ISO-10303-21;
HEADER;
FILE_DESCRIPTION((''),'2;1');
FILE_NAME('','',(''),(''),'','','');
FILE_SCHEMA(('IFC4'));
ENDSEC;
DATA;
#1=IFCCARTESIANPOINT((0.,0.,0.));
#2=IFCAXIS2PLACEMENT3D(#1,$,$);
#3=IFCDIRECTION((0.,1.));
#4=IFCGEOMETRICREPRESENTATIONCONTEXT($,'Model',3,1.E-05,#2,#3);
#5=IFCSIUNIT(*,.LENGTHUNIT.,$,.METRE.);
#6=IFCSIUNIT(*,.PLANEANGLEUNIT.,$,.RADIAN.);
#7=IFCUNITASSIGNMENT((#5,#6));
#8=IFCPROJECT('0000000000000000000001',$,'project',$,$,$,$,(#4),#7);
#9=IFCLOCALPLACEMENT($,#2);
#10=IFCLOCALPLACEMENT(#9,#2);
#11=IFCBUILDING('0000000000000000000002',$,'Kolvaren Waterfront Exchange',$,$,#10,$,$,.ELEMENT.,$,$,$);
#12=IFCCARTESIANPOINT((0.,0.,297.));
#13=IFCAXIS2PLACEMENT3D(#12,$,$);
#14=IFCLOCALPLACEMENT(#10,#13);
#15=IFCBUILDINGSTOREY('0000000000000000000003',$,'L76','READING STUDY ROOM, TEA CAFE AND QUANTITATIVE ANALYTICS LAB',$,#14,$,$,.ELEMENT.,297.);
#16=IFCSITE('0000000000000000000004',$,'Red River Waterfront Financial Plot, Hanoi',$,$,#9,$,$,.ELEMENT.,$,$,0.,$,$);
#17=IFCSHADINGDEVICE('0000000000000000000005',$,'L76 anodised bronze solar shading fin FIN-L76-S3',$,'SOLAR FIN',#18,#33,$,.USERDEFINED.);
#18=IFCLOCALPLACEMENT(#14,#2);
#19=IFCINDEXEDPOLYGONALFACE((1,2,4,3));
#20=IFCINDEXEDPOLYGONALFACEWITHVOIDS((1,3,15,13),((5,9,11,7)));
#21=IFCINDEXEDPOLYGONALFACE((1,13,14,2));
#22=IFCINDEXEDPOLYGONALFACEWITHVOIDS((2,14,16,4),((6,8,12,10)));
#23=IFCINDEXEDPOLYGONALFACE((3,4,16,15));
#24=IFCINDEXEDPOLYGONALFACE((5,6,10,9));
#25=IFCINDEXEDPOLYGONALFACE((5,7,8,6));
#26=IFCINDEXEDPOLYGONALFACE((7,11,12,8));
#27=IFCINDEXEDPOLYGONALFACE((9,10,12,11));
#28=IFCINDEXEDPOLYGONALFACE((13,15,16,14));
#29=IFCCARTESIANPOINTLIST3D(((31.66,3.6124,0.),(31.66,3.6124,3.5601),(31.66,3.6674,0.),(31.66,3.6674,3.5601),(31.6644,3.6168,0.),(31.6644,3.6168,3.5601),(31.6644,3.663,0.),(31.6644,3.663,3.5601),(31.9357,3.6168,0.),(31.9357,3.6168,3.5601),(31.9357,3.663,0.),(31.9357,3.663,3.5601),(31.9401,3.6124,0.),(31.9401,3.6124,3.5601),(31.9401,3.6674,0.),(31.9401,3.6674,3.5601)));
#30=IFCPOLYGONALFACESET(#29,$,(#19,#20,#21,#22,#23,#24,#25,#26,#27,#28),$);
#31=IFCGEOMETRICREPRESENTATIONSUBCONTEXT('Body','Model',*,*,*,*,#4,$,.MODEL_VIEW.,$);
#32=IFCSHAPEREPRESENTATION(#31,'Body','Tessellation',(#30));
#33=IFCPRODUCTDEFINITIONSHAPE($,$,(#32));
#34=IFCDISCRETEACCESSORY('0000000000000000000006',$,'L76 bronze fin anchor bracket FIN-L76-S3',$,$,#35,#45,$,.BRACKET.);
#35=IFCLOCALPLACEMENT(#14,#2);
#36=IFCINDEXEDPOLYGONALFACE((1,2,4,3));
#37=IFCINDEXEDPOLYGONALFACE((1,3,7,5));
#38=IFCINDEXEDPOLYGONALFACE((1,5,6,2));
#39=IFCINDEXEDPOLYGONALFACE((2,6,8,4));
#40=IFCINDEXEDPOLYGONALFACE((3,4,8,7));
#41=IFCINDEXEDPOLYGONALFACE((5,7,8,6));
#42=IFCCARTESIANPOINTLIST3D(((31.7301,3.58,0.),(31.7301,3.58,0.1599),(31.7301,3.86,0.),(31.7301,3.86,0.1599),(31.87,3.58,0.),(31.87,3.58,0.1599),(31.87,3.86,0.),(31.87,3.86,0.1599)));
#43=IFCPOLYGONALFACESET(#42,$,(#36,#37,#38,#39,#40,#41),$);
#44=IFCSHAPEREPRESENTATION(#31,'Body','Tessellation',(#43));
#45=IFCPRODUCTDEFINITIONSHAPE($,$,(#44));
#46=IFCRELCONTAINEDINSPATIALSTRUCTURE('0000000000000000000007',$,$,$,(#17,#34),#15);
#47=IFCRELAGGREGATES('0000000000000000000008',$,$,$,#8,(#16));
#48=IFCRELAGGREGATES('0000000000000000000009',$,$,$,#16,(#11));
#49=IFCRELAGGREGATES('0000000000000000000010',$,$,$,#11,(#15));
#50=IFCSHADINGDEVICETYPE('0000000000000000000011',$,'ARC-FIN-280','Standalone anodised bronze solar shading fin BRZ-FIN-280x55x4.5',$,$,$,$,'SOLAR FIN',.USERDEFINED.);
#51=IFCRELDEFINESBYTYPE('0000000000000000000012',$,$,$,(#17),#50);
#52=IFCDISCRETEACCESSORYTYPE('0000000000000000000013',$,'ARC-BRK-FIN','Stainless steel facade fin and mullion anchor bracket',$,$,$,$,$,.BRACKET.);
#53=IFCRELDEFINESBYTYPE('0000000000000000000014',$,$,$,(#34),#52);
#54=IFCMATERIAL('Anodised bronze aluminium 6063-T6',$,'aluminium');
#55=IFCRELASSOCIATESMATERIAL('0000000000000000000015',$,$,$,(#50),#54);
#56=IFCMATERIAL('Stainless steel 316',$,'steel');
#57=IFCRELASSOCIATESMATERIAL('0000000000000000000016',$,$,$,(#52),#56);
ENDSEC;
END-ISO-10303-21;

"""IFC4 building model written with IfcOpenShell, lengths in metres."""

from ifc_helpers import new_model, si_unit, direction, frame, origin, origin_with_axes, origin_2d, place, context, subcontext, project, spatial, rectangle, hollow_rectangle, extrude, source, transform, mapped, material, material_profile, profile_set, type_object, element, save


model = new_model("IFC4")

# Units and contexts
model_context = context("Model", 3, precision=1e-05, world=origin(), true_north=direction((0.0, 1.0)))
body_context = subcontext(model_context, "Body", "Model", "MODEL_VIEW")
ifc_project = project(units=[si_unit("LENGTHUNIT", "METRE"), si_unit("PLANEANGLEUNIT", "RADIAN")], contexts=[model_context])

# Site, building, storey
site_placement = place(None, origin())
site = spatial("IfcSite", under=ifc_project, at=site_placement, Name="Red River Waterfront Financial Plot, Hanoi", CompositionType="ELEMENT", RefElevation=0.0)
building_placement = place(site_placement, origin())
building = spatial("IfcBuilding", under=site, at=building_placement, Name="Kolvaren Waterfront Exchange", CompositionType="ELEMENT")
storey_placement = place(building_placement, frame((0.0, 0.0, 297.0)))
storey = spatial("IfcBuildingStorey", under=building, at=storey_placement, Name="L76", Description="READING STUDY ROOM, TEA CAFE AND QUANTITATIVE ANALYTICS LAB", CompositionType="ELEMENT", Elevation=297.0)

# Shared definitions
ifc_material_1 = material(Name="Anodised bronze aluminium 6063-T6", Category="aluminium")

# Shading device
ifc_material_profile_1 = material_profile(ifc_material_1, hollow_rectangle(XDim=0.0549, YDim=0.28, WallThickness=0.0044, at=origin_2d()), Name="BRZ-FIN-280x55x4.5")
ifc_profile_set_1 = profile_set([ifc_material_profile_1], Name="Anodised bronze aluminium 6063-T6")
shading_device_type = type_object("IfcShadingDeviceType", Name="ARC-FIN-280", Description="Standalone anodised bronze solar shading fin BRZ-FIN-280x55x4.5", ElementType="SOLAR FIN", PredefinedType="USERDEFINED", material=ifc_profile_set_1)
shading_device_placement = place(storey_placement, frame((31.8, 3.6399, 0.0), z_axis=(0.0, 0.0, 1.0), x_axis=(0.0, -1.0, 0.0)))
element("IfcShadingDevice", 1, at=shading_device_placement, inside=storey, type_object=shading_device_type, Name="L76 anodised bronze solar shading fin FIN-L76-S3", ObjectType="SOLAR FIN", PredefinedType="USERDEFINED", context=body_context, shape_type="SweptSolid", body=[
    extrude(hollow_rectangle(XDim=0.0549, YDim=0.28, WallThickness=0.0044, at=origin_2d()), origin(), (0.0, 0.0, 1.0), 3.5601),
])

# Discrete accessory
ifc_material_2 = material(Name="Stainless steel 316", Category="steel")
discrete_accessory_type = type_object("IfcDiscreteAccessoryType", Name="ARC-BRK-FIN", Description="Stainless steel facade fin and mullion anchor bracket", PredefinedType="BRACKET", material=ifc_material_2)
shared_shape_1 = source(origin_with_axes(), body_context, "Body", "SweptSolid", [
    extrude(rectangle(XDim=0.28, YDim=0.1399, at=origin_2d()), origin(), (0.0, 0.0, 1.0), 0.1599),
])
discrete_accessory_placement = place(storey_placement, frame((31.8, 3.72, 0.0), z_axis=(0.0, 0.0, 1.0), x_axis=(0.0, -1.0, 0.0)))
element("IfcDiscreteAccessory", 2, at=discrete_accessory_placement, inside=storey, type_object=discrete_accessory_type, Name="L76 bronze fin anchor bracket FIN-L76-S3", PredefinedType="BRACKET", context=body_context, shape_type="MappedRepresentation", body=[
    mapped(shared_shape_1, transform((0.0, 0.0, 0.0), x_axis=(1.0, 0.0, 0.0), y_axis=(0.0, 1.0, 0.0), z_axis=(0.0, 0.0, 1.0), scale=1.0)),
])

save(model, "model.ifc")
